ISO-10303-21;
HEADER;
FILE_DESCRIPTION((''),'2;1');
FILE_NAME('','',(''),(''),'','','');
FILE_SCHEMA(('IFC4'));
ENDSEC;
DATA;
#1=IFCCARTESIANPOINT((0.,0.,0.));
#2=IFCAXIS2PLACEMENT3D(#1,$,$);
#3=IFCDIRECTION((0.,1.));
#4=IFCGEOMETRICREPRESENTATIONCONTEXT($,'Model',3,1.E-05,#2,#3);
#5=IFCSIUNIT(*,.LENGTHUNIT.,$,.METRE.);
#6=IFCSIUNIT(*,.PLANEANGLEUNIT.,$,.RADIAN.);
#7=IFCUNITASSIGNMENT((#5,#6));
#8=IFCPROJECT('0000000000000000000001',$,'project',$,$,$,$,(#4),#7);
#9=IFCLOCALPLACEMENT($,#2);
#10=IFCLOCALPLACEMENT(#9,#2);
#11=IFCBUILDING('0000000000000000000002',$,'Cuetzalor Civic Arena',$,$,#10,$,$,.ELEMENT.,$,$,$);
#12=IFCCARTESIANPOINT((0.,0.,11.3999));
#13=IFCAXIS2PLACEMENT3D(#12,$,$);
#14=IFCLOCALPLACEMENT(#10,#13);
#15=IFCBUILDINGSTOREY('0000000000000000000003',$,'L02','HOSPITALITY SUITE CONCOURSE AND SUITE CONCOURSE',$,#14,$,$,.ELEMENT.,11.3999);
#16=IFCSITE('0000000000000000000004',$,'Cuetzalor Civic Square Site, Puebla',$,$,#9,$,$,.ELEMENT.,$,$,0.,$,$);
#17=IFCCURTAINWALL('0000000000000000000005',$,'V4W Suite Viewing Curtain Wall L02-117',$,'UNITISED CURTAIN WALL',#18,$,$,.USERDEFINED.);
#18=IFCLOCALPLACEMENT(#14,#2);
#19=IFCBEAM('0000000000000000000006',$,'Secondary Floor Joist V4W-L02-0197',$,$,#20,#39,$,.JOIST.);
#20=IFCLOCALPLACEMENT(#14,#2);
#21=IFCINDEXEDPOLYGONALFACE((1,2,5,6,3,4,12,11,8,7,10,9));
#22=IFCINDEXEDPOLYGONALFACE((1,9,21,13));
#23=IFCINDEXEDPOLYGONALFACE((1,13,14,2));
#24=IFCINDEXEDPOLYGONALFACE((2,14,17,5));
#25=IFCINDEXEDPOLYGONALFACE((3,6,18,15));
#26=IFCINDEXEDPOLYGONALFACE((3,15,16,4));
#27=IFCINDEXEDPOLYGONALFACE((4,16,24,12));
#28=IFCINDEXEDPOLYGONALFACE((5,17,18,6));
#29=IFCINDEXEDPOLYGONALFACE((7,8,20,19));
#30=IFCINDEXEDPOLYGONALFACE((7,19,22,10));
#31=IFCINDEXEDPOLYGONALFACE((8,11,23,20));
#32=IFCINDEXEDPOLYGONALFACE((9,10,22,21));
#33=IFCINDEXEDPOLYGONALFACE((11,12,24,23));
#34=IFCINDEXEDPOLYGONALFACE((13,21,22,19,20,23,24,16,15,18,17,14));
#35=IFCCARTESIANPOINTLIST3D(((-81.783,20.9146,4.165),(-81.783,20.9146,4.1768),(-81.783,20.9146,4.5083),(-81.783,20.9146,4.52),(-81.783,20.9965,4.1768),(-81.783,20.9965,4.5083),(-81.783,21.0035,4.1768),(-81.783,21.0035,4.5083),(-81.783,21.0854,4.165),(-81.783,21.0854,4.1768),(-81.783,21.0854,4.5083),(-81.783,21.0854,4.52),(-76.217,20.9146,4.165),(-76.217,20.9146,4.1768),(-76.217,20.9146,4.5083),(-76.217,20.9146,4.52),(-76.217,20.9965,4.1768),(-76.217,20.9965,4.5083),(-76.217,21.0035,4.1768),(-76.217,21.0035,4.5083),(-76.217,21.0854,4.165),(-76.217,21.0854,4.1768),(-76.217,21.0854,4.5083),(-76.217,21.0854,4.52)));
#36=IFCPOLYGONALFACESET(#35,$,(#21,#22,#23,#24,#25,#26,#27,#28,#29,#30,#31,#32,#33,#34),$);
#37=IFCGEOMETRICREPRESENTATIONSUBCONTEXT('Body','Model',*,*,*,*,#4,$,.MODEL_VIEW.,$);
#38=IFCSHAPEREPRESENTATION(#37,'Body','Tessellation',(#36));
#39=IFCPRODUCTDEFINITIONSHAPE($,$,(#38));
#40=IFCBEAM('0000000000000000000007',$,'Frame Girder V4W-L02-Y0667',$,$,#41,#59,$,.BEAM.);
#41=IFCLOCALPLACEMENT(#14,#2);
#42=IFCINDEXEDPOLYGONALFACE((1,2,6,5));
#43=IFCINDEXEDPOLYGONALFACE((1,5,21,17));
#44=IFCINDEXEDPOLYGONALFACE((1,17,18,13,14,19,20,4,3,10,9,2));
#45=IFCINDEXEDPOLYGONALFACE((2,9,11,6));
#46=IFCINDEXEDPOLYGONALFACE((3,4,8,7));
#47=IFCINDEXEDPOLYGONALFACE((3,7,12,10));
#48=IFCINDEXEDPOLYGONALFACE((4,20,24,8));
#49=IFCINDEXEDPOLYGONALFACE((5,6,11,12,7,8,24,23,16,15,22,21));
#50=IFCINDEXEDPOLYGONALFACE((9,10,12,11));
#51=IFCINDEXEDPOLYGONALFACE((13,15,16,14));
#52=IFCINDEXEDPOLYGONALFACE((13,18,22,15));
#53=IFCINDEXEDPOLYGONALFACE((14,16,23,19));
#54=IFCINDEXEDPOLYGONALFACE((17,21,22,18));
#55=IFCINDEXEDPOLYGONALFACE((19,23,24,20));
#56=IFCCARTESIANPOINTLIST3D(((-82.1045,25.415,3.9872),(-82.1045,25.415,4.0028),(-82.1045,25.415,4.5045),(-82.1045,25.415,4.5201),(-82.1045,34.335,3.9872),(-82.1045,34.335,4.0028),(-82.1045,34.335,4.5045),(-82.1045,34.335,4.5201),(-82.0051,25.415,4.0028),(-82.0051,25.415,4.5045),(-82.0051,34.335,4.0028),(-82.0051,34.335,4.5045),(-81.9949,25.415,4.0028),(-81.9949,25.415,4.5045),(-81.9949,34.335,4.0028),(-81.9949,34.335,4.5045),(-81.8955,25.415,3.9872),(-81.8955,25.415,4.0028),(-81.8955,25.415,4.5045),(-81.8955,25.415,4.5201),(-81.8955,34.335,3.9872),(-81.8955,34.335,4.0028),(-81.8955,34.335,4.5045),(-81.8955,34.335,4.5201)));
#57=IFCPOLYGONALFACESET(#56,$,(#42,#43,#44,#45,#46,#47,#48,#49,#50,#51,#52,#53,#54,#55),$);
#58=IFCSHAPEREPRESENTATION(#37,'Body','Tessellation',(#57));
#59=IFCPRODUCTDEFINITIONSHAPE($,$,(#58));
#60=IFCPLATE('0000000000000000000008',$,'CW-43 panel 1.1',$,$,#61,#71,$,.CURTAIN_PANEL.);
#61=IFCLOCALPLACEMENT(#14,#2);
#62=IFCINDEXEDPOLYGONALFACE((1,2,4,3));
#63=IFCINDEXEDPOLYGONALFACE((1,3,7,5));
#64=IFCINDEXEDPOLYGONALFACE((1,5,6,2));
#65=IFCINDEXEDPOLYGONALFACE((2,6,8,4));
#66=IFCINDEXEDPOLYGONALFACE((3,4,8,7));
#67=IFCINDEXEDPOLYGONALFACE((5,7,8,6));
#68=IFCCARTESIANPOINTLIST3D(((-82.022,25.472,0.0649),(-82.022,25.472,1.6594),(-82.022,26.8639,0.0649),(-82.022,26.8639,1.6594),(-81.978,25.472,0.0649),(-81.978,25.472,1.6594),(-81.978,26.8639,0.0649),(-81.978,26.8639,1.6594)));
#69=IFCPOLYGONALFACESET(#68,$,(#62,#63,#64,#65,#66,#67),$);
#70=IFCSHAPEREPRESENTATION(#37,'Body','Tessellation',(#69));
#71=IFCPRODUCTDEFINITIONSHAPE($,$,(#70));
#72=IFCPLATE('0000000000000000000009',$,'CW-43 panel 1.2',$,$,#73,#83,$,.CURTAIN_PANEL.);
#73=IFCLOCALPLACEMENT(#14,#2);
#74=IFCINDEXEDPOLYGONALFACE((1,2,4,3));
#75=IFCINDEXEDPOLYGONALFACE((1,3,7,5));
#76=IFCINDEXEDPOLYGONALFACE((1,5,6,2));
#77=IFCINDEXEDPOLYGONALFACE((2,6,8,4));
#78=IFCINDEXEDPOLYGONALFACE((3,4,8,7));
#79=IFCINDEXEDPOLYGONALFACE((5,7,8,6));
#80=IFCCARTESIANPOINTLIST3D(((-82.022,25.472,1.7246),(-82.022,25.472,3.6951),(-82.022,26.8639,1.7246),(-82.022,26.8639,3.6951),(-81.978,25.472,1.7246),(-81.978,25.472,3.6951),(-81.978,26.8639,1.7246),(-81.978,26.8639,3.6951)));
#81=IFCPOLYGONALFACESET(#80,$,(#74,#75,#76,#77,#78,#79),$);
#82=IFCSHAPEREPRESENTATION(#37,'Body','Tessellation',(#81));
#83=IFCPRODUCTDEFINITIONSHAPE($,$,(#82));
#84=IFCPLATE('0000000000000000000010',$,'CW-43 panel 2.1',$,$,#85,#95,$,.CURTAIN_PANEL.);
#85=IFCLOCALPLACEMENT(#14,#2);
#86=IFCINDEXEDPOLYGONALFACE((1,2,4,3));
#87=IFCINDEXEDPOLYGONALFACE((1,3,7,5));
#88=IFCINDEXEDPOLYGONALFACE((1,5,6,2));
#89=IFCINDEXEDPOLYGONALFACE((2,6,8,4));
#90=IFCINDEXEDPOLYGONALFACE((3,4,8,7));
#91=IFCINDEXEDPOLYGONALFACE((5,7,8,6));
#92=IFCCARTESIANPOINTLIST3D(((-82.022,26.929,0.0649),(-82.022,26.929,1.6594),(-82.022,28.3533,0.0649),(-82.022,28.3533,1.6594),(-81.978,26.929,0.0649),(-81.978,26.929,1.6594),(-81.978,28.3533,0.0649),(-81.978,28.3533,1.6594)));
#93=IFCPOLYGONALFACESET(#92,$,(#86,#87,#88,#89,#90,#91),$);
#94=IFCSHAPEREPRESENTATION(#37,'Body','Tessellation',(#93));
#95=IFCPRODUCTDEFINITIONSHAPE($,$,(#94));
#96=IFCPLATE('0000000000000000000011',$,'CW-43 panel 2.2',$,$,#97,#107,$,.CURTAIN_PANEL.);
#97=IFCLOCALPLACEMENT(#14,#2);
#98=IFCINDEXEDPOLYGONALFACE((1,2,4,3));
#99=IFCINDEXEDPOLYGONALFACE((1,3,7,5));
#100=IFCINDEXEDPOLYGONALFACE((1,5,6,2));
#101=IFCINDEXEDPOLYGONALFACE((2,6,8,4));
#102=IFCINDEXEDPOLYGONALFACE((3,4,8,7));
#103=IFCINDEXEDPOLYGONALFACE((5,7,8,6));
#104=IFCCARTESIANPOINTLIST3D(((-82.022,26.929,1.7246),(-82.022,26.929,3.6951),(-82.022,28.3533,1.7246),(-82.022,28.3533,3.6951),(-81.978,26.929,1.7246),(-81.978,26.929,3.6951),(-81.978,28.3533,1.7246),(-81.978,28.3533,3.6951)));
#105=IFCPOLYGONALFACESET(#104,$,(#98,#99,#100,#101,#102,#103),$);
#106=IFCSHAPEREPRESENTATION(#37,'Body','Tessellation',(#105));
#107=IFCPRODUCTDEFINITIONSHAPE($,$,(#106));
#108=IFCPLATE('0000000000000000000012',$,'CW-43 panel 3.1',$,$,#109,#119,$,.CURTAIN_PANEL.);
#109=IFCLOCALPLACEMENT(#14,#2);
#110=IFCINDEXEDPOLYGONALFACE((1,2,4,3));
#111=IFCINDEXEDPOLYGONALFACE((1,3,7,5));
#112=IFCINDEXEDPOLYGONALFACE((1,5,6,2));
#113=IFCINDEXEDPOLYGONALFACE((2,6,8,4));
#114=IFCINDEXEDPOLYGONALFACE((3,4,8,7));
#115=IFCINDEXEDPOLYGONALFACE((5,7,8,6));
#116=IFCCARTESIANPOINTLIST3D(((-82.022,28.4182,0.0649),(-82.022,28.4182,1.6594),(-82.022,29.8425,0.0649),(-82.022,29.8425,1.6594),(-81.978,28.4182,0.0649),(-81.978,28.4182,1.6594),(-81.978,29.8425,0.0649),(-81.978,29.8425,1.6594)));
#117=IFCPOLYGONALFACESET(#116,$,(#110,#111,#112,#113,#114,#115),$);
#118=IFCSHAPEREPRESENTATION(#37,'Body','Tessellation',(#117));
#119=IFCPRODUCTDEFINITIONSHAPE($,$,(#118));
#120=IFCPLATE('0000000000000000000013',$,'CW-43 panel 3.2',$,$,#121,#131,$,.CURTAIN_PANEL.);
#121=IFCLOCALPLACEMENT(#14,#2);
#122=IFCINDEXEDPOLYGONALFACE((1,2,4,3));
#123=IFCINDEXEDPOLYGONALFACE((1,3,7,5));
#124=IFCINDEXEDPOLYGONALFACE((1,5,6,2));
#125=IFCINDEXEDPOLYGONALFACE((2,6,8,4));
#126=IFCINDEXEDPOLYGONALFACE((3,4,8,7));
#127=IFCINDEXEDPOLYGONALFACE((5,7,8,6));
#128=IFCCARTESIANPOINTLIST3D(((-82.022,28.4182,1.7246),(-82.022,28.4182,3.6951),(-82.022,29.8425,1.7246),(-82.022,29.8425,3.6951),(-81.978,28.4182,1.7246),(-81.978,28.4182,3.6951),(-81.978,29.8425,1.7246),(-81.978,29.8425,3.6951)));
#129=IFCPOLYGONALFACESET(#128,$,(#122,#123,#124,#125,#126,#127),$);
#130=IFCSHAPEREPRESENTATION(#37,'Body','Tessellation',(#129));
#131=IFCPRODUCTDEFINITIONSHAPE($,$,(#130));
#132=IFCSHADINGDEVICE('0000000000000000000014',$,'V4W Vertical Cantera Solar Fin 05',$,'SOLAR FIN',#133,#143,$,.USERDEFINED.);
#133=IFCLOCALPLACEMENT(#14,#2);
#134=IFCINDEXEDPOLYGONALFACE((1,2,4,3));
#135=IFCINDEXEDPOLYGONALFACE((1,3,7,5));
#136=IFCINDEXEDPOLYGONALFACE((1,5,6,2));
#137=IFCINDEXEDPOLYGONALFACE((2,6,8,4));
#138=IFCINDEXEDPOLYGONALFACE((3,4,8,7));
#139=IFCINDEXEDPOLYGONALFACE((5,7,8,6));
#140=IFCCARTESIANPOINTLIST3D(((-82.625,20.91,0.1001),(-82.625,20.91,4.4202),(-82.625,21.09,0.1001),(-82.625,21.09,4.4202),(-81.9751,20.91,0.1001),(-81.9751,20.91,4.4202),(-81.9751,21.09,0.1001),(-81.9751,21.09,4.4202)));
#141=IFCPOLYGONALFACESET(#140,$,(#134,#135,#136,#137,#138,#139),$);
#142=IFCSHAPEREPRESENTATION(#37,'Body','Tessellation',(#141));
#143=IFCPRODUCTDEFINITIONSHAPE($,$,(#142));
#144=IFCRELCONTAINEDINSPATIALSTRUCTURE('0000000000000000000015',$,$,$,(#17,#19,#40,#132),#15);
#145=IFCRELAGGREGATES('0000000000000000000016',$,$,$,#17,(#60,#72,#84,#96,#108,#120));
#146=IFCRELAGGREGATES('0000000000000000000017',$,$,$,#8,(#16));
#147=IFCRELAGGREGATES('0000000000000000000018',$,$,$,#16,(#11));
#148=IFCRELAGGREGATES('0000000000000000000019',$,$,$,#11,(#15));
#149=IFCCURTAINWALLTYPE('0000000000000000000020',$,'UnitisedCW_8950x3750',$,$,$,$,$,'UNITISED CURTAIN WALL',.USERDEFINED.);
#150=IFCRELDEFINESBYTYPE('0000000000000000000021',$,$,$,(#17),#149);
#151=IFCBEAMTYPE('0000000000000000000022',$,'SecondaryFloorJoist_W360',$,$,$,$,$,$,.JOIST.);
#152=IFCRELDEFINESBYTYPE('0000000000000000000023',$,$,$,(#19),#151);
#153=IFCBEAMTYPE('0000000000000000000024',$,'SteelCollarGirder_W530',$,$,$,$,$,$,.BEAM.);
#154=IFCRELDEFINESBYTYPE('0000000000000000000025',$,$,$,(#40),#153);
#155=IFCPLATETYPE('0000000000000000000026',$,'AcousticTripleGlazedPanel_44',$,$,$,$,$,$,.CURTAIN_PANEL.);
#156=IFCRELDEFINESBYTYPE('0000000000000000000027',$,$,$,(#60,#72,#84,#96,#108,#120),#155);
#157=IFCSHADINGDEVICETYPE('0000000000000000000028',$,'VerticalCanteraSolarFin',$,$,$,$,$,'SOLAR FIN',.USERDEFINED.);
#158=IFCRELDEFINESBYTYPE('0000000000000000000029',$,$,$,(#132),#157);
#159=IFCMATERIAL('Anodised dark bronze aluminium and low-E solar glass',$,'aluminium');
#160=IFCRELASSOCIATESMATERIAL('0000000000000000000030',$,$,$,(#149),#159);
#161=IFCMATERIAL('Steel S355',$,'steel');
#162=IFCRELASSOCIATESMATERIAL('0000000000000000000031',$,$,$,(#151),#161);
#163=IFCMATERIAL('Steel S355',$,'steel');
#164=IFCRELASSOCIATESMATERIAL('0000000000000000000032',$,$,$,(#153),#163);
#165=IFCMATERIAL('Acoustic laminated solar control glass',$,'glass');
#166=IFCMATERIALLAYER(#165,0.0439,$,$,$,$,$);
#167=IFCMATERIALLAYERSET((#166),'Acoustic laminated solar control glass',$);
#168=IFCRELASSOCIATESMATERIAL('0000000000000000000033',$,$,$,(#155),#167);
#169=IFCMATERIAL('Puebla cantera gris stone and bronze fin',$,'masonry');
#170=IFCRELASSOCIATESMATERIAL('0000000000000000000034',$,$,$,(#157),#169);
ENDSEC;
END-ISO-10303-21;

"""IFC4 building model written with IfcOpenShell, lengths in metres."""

from ifc_helpers import new_model, si_unit, direction, frame, origin, origin_2d, place, context, subcontext, project, spatial, rectangle, i_section, extrude, material, layer, layer_set, material_profile, profile_set, type_object, element, aggregate, save


model = new_model("IFC4")

# Units and contexts
model_context = context("Model", 3, precision=1e-05, world=origin(), true_north=direction((0.0, 1.0)))
body_context = subcontext(model_context, "Body", "Model", "MODEL_VIEW")
ifc_project = project(units=[si_unit("LENGTHUNIT", "METRE"), si_unit("PLANEANGLEUNIT", "RADIAN")], contexts=[model_context])

# Site, building, storey
site_placement = place(None, origin())
site = spatial("IfcSite", under=ifc_project, at=site_placement, Name="Cuetzalor Civic Square Site, Puebla", CompositionType="ELEMENT", RefElevation=0.0)
building_placement = place(site_placement, origin())
building = spatial("IfcBuilding", under=site, at=building_placement, Name="Cuetzalor Civic Arena", CompositionType="ELEMENT")
storey_placement = place(building_placement, frame((0.0, 0.0, 11.3999)))
storey = spatial("IfcBuildingStorey", under=building, at=storey_placement, Name="L02", Description="HOSPITALITY SUITE CONCOURSE AND SUITE CONCOURSE", CompositionType="ELEMENT", Elevation=11.3999)

# Curtain wall
ifc_material_1 = material(Name="Anodised dark bronze aluminium and low-E solar glass", Category="aluminium")
curtain_wall_type = type_object("IfcCurtainWallType", Name="UnitisedCW_8950x3750", ElementType="UNITISED CURTAIN WALL", PredefinedType="USERDEFINED", material=ifc_material_1)
curtain_wall_placement = place(storey_placement, origin())
curtain_wall = element("IfcCurtainWall", 1, at=curtain_wall_placement, inside=storey, type_object=curtain_wall_type, Name="V4W Suite Viewing Curtain Wall L02-117", ObjectType="UNITISED CURTAIN WALL", PredefinedType="USERDEFINED")

# Beams
ifc_material_2 = material(Name="Steel S355", Category="steel")
ifc_material_profile_1 = material_profile(ifc_material_2, i_section(OverallWidth=0.1709, OverallDepth=0.355, WebThickness=0.0071, FlangeThickness=0.0117, at=origin_2d()), Name="W360x51")
ifc_profile_set_1 = profile_set([ifc_material_profile_1], Name="Steel S355")
beam_type_1 = type_object("IfcBeamType", Name="SecondaryFloorJoist_W360", PredefinedType="JOIST", material=ifc_profile_set_1)
beam_1_placement = place(storey_placement, frame((-81.783, 21.0, 4.3425), z_axis=(1.0, 0.0, 0.0), x_axis=(0.0, 1.0, 0.0)))
element("IfcBeam", 2, at=beam_1_placement, inside=storey, type_object=beam_type_1, Name="Secondary Floor Joist V4W-L02-0197", PredefinedType="JOIST", context=body_context, shape_type="SweptSolid", body=[
    extrude(i_section(OverallWidth=0.1709, OverallDepth=0.355, WebThickness=0.0071, FlangeThickness=0.0117, at=origin_2d()), origin(), (0.0, 0.0, 1.0), 5.5659),
])
ifc_material_3 = material(Name="Steel S355", Category="steel")
ifc_material_profile_2 = material_profile(ifc_material_3, i_section(OverallWidth=0.209, OverallDepth=0.533, WebThickness=0.0103, FlangeThickness=0.0156, at=origin_2d()), Name="W530x92")
ifc_profile_set_2 = profile_set([ifc_material_profile_2], Name="Steel S355")
beam_type_2 = type_object("IfcBeamType", Name="SteelCollarGirder_W530", PredefinedType="BEAM", material=ifc_profile_set_2)
beam_2_placement = place(storey_placement, frame((-82.0, 25.415, 4.2537), z_axis=(0.0, 1.0, 0.0), x_axis=(-1.0, 0.0, 0.0)))
element("IfcBeam", 3, at=beam_2_placement, inside=storey, type_object=beam_type_2, Name="Frame Girder V4W-L02-Y0667", PredefinedType="BEAM", context=body_context, shape_type="SweptSolid", body=[
    extrude(i_section(OverallWidth=0.209, OverallDepth=0.533, WebThickness=0.0103, FlangeThickness=0.0156, at=origin_2d()), origin(), (0.0, 0.0, 1.0), 8.9199),
])

# Plates
ifc_material_4 = material(Name="Acoustic laminated solar control glass", Category="glass")
ifc_layer = layer(ifc_material_4, 0.0439)
ifc_layer_set = layer_set([ifc_layer], Name="Acoustic laminated solar control glass")
plate_type = type_object("IfcPlateType", Name="AcousticTripleGlazedPanel_44", PredefinedType="CURTAIN_PANEL", material=ifc_layer_set)
plate_1_placement = place(storey_placement, frame((-82.0, 26.168, 0.0649), z_axis=(0.0, 0.0, 1.0), x_axis=(0.0, 1.0, 0.0)))
plate_1 = element("IfcPlate", 4, at=plate_1_placement, type_object=plate_type, Name="CW-43 panel 1.1", PredefinedType="CURTAIN_PANEL", context=body_context, shape_type="SweptSolid", body=[
    extrude(rectangle(XDim=1.3918, YDim=0.0439, at=origin_2d()), origin(), (0.0, 0.0, 1.0), 1.5945),
])
plate_2_placement = place(storey_placement, frame((-82.0, 26.168, 1.7246), z_axis=(0.0, 0.0, 1.0), x_axis=(0.0, 1.0, 0.0)))
plate_2 = element("IfcPlate", 5, at=plate_2_placement, type_object=plate_type, Name="CW-43 panel 1.2", PredefinedType="CURTAIN_PANEL", context=body_context, shape_type="SweptSolid", body=[
    extrude(rectangle(XDim=1.3918, YDim=0.0439, at=origin_2d()), origin(), (0.0, 0.0, 1.0), 1.9705),
])
plate_3_placement = place(storey_placement, frame((-82.0, 27.6411, 0.0649), z_axis=(0.0, 0.0, 1.0), x_axis=(0.0, 1.0, 0.0)))
plate_3 = element("IfcPlate", 6, at=plate_3_placement, type_object=plate_type, Name="CW-43 panel 2.1", PredefinedType="CURTAIN_PANEL", context=body_context, shape_type="SweptSolid", body=[
    extrude(rectangle(XDim=1.4243, YDim=0.0439, at=origin_2d()), origin(), (0.0, 0.0, 1.0), 1.5945),
])
plate_4_placement = place(storey_placement, frame((-82.0, 27.6411, 1.7246), z_axis=(0.0, 0.0, 1.0), x_axis=(0.0, 1.0, 0.0)))
plate_4 = element("IfcPlate", 7, at=plate_4_placement, type_object=plate_type, Name="CW-43 panel 2.2", PredefinedType="CURTAIN_PANEL", context=body_context, shape_type="SweptSolid", body=[
    extrude(rectangle(XDim=1.4243, YDim=0.0439, at=origin_2d()), origin(), (0.0, 0.0, 1.0), 1.9705),
])
plate_5_placement = place(storey_placement, frame((-82.0, 29.1304, 0.0649), z_axis=(0.0, 0.0, 1.0), x_axis=(0.0, 1.0, 0.0)))
plate_5 = element("IfcPlate", 8, at=plate_5_placement, type_object=plate_type, Name="CW-43 panel 3.1", PredefinedType="CURTAIN_PANEL", context=body_context, shape_type="SweptSolid", body=[
    extrude(rectangle(XDim=1.4243, YDim=0.0439, at=origin_2d()), origin(), (0.0, 0.0, 1.0), 1.5945),
])
plate_6_placement = place(storey_placement, frame((-82.0, 29.1304, 1.7246), z_axis=(0.0, 0.0, 1.0), x_axis=(0.0, 1.0, 0.0)))
plate_6 = element("IfcPlate", 9, at=plate_6_placement, type_object=plate_type, Name="CW-43 panel 3.2", PredefinedType="CURTAIN_PANEL", context=body_context, shape_type="SweptSolid", body=[
    extrude(rectangle(XDim=1.4243, YDim=0.0439, at=origin_2d()), origin(), (0.0, 0.0, 1.0), 1.9705),
])
aggregate(curtain_wall, [plate_1, plate_2, plate_3, plate_4, plate_5, plate_6])

# Shading device
ifc_material_5 = material(Name="Puebla cantera gris stone and bronze fin", Category="masonry")
shading_device_type = type_object("IfcShadingDeviceType", Name="VerticalCanteraSolarFin", ElementType="SOLAR FIN", PredefinedType="USERDEFINED", material=ifc_material_5)
shading_device_placement = place(storey_placement, frame((-82.3, 21.0, 0.1001), z_axis=(0.0, 0.0, 1.0), x_axis=(1.0, 0.0, 0.0)))
element("IfcShadingDevice", 10, at=shading_device_placement, inside=storey, type_object=shading_device_type, Name="V4W Vertical Cantera Solar Fin 05", ObjectType="SOLAR FIN", PredefinedType="USERDEFINED", context=body_context, shape_type="SweptSolid", body=[
    extrude(rectangle(XDim=0.6499, YDim=0.1799, at=origin_2d()), origin(), (0.0, 0.0, 1.0), 4.3201),
])

save(model, "model.ifc")
